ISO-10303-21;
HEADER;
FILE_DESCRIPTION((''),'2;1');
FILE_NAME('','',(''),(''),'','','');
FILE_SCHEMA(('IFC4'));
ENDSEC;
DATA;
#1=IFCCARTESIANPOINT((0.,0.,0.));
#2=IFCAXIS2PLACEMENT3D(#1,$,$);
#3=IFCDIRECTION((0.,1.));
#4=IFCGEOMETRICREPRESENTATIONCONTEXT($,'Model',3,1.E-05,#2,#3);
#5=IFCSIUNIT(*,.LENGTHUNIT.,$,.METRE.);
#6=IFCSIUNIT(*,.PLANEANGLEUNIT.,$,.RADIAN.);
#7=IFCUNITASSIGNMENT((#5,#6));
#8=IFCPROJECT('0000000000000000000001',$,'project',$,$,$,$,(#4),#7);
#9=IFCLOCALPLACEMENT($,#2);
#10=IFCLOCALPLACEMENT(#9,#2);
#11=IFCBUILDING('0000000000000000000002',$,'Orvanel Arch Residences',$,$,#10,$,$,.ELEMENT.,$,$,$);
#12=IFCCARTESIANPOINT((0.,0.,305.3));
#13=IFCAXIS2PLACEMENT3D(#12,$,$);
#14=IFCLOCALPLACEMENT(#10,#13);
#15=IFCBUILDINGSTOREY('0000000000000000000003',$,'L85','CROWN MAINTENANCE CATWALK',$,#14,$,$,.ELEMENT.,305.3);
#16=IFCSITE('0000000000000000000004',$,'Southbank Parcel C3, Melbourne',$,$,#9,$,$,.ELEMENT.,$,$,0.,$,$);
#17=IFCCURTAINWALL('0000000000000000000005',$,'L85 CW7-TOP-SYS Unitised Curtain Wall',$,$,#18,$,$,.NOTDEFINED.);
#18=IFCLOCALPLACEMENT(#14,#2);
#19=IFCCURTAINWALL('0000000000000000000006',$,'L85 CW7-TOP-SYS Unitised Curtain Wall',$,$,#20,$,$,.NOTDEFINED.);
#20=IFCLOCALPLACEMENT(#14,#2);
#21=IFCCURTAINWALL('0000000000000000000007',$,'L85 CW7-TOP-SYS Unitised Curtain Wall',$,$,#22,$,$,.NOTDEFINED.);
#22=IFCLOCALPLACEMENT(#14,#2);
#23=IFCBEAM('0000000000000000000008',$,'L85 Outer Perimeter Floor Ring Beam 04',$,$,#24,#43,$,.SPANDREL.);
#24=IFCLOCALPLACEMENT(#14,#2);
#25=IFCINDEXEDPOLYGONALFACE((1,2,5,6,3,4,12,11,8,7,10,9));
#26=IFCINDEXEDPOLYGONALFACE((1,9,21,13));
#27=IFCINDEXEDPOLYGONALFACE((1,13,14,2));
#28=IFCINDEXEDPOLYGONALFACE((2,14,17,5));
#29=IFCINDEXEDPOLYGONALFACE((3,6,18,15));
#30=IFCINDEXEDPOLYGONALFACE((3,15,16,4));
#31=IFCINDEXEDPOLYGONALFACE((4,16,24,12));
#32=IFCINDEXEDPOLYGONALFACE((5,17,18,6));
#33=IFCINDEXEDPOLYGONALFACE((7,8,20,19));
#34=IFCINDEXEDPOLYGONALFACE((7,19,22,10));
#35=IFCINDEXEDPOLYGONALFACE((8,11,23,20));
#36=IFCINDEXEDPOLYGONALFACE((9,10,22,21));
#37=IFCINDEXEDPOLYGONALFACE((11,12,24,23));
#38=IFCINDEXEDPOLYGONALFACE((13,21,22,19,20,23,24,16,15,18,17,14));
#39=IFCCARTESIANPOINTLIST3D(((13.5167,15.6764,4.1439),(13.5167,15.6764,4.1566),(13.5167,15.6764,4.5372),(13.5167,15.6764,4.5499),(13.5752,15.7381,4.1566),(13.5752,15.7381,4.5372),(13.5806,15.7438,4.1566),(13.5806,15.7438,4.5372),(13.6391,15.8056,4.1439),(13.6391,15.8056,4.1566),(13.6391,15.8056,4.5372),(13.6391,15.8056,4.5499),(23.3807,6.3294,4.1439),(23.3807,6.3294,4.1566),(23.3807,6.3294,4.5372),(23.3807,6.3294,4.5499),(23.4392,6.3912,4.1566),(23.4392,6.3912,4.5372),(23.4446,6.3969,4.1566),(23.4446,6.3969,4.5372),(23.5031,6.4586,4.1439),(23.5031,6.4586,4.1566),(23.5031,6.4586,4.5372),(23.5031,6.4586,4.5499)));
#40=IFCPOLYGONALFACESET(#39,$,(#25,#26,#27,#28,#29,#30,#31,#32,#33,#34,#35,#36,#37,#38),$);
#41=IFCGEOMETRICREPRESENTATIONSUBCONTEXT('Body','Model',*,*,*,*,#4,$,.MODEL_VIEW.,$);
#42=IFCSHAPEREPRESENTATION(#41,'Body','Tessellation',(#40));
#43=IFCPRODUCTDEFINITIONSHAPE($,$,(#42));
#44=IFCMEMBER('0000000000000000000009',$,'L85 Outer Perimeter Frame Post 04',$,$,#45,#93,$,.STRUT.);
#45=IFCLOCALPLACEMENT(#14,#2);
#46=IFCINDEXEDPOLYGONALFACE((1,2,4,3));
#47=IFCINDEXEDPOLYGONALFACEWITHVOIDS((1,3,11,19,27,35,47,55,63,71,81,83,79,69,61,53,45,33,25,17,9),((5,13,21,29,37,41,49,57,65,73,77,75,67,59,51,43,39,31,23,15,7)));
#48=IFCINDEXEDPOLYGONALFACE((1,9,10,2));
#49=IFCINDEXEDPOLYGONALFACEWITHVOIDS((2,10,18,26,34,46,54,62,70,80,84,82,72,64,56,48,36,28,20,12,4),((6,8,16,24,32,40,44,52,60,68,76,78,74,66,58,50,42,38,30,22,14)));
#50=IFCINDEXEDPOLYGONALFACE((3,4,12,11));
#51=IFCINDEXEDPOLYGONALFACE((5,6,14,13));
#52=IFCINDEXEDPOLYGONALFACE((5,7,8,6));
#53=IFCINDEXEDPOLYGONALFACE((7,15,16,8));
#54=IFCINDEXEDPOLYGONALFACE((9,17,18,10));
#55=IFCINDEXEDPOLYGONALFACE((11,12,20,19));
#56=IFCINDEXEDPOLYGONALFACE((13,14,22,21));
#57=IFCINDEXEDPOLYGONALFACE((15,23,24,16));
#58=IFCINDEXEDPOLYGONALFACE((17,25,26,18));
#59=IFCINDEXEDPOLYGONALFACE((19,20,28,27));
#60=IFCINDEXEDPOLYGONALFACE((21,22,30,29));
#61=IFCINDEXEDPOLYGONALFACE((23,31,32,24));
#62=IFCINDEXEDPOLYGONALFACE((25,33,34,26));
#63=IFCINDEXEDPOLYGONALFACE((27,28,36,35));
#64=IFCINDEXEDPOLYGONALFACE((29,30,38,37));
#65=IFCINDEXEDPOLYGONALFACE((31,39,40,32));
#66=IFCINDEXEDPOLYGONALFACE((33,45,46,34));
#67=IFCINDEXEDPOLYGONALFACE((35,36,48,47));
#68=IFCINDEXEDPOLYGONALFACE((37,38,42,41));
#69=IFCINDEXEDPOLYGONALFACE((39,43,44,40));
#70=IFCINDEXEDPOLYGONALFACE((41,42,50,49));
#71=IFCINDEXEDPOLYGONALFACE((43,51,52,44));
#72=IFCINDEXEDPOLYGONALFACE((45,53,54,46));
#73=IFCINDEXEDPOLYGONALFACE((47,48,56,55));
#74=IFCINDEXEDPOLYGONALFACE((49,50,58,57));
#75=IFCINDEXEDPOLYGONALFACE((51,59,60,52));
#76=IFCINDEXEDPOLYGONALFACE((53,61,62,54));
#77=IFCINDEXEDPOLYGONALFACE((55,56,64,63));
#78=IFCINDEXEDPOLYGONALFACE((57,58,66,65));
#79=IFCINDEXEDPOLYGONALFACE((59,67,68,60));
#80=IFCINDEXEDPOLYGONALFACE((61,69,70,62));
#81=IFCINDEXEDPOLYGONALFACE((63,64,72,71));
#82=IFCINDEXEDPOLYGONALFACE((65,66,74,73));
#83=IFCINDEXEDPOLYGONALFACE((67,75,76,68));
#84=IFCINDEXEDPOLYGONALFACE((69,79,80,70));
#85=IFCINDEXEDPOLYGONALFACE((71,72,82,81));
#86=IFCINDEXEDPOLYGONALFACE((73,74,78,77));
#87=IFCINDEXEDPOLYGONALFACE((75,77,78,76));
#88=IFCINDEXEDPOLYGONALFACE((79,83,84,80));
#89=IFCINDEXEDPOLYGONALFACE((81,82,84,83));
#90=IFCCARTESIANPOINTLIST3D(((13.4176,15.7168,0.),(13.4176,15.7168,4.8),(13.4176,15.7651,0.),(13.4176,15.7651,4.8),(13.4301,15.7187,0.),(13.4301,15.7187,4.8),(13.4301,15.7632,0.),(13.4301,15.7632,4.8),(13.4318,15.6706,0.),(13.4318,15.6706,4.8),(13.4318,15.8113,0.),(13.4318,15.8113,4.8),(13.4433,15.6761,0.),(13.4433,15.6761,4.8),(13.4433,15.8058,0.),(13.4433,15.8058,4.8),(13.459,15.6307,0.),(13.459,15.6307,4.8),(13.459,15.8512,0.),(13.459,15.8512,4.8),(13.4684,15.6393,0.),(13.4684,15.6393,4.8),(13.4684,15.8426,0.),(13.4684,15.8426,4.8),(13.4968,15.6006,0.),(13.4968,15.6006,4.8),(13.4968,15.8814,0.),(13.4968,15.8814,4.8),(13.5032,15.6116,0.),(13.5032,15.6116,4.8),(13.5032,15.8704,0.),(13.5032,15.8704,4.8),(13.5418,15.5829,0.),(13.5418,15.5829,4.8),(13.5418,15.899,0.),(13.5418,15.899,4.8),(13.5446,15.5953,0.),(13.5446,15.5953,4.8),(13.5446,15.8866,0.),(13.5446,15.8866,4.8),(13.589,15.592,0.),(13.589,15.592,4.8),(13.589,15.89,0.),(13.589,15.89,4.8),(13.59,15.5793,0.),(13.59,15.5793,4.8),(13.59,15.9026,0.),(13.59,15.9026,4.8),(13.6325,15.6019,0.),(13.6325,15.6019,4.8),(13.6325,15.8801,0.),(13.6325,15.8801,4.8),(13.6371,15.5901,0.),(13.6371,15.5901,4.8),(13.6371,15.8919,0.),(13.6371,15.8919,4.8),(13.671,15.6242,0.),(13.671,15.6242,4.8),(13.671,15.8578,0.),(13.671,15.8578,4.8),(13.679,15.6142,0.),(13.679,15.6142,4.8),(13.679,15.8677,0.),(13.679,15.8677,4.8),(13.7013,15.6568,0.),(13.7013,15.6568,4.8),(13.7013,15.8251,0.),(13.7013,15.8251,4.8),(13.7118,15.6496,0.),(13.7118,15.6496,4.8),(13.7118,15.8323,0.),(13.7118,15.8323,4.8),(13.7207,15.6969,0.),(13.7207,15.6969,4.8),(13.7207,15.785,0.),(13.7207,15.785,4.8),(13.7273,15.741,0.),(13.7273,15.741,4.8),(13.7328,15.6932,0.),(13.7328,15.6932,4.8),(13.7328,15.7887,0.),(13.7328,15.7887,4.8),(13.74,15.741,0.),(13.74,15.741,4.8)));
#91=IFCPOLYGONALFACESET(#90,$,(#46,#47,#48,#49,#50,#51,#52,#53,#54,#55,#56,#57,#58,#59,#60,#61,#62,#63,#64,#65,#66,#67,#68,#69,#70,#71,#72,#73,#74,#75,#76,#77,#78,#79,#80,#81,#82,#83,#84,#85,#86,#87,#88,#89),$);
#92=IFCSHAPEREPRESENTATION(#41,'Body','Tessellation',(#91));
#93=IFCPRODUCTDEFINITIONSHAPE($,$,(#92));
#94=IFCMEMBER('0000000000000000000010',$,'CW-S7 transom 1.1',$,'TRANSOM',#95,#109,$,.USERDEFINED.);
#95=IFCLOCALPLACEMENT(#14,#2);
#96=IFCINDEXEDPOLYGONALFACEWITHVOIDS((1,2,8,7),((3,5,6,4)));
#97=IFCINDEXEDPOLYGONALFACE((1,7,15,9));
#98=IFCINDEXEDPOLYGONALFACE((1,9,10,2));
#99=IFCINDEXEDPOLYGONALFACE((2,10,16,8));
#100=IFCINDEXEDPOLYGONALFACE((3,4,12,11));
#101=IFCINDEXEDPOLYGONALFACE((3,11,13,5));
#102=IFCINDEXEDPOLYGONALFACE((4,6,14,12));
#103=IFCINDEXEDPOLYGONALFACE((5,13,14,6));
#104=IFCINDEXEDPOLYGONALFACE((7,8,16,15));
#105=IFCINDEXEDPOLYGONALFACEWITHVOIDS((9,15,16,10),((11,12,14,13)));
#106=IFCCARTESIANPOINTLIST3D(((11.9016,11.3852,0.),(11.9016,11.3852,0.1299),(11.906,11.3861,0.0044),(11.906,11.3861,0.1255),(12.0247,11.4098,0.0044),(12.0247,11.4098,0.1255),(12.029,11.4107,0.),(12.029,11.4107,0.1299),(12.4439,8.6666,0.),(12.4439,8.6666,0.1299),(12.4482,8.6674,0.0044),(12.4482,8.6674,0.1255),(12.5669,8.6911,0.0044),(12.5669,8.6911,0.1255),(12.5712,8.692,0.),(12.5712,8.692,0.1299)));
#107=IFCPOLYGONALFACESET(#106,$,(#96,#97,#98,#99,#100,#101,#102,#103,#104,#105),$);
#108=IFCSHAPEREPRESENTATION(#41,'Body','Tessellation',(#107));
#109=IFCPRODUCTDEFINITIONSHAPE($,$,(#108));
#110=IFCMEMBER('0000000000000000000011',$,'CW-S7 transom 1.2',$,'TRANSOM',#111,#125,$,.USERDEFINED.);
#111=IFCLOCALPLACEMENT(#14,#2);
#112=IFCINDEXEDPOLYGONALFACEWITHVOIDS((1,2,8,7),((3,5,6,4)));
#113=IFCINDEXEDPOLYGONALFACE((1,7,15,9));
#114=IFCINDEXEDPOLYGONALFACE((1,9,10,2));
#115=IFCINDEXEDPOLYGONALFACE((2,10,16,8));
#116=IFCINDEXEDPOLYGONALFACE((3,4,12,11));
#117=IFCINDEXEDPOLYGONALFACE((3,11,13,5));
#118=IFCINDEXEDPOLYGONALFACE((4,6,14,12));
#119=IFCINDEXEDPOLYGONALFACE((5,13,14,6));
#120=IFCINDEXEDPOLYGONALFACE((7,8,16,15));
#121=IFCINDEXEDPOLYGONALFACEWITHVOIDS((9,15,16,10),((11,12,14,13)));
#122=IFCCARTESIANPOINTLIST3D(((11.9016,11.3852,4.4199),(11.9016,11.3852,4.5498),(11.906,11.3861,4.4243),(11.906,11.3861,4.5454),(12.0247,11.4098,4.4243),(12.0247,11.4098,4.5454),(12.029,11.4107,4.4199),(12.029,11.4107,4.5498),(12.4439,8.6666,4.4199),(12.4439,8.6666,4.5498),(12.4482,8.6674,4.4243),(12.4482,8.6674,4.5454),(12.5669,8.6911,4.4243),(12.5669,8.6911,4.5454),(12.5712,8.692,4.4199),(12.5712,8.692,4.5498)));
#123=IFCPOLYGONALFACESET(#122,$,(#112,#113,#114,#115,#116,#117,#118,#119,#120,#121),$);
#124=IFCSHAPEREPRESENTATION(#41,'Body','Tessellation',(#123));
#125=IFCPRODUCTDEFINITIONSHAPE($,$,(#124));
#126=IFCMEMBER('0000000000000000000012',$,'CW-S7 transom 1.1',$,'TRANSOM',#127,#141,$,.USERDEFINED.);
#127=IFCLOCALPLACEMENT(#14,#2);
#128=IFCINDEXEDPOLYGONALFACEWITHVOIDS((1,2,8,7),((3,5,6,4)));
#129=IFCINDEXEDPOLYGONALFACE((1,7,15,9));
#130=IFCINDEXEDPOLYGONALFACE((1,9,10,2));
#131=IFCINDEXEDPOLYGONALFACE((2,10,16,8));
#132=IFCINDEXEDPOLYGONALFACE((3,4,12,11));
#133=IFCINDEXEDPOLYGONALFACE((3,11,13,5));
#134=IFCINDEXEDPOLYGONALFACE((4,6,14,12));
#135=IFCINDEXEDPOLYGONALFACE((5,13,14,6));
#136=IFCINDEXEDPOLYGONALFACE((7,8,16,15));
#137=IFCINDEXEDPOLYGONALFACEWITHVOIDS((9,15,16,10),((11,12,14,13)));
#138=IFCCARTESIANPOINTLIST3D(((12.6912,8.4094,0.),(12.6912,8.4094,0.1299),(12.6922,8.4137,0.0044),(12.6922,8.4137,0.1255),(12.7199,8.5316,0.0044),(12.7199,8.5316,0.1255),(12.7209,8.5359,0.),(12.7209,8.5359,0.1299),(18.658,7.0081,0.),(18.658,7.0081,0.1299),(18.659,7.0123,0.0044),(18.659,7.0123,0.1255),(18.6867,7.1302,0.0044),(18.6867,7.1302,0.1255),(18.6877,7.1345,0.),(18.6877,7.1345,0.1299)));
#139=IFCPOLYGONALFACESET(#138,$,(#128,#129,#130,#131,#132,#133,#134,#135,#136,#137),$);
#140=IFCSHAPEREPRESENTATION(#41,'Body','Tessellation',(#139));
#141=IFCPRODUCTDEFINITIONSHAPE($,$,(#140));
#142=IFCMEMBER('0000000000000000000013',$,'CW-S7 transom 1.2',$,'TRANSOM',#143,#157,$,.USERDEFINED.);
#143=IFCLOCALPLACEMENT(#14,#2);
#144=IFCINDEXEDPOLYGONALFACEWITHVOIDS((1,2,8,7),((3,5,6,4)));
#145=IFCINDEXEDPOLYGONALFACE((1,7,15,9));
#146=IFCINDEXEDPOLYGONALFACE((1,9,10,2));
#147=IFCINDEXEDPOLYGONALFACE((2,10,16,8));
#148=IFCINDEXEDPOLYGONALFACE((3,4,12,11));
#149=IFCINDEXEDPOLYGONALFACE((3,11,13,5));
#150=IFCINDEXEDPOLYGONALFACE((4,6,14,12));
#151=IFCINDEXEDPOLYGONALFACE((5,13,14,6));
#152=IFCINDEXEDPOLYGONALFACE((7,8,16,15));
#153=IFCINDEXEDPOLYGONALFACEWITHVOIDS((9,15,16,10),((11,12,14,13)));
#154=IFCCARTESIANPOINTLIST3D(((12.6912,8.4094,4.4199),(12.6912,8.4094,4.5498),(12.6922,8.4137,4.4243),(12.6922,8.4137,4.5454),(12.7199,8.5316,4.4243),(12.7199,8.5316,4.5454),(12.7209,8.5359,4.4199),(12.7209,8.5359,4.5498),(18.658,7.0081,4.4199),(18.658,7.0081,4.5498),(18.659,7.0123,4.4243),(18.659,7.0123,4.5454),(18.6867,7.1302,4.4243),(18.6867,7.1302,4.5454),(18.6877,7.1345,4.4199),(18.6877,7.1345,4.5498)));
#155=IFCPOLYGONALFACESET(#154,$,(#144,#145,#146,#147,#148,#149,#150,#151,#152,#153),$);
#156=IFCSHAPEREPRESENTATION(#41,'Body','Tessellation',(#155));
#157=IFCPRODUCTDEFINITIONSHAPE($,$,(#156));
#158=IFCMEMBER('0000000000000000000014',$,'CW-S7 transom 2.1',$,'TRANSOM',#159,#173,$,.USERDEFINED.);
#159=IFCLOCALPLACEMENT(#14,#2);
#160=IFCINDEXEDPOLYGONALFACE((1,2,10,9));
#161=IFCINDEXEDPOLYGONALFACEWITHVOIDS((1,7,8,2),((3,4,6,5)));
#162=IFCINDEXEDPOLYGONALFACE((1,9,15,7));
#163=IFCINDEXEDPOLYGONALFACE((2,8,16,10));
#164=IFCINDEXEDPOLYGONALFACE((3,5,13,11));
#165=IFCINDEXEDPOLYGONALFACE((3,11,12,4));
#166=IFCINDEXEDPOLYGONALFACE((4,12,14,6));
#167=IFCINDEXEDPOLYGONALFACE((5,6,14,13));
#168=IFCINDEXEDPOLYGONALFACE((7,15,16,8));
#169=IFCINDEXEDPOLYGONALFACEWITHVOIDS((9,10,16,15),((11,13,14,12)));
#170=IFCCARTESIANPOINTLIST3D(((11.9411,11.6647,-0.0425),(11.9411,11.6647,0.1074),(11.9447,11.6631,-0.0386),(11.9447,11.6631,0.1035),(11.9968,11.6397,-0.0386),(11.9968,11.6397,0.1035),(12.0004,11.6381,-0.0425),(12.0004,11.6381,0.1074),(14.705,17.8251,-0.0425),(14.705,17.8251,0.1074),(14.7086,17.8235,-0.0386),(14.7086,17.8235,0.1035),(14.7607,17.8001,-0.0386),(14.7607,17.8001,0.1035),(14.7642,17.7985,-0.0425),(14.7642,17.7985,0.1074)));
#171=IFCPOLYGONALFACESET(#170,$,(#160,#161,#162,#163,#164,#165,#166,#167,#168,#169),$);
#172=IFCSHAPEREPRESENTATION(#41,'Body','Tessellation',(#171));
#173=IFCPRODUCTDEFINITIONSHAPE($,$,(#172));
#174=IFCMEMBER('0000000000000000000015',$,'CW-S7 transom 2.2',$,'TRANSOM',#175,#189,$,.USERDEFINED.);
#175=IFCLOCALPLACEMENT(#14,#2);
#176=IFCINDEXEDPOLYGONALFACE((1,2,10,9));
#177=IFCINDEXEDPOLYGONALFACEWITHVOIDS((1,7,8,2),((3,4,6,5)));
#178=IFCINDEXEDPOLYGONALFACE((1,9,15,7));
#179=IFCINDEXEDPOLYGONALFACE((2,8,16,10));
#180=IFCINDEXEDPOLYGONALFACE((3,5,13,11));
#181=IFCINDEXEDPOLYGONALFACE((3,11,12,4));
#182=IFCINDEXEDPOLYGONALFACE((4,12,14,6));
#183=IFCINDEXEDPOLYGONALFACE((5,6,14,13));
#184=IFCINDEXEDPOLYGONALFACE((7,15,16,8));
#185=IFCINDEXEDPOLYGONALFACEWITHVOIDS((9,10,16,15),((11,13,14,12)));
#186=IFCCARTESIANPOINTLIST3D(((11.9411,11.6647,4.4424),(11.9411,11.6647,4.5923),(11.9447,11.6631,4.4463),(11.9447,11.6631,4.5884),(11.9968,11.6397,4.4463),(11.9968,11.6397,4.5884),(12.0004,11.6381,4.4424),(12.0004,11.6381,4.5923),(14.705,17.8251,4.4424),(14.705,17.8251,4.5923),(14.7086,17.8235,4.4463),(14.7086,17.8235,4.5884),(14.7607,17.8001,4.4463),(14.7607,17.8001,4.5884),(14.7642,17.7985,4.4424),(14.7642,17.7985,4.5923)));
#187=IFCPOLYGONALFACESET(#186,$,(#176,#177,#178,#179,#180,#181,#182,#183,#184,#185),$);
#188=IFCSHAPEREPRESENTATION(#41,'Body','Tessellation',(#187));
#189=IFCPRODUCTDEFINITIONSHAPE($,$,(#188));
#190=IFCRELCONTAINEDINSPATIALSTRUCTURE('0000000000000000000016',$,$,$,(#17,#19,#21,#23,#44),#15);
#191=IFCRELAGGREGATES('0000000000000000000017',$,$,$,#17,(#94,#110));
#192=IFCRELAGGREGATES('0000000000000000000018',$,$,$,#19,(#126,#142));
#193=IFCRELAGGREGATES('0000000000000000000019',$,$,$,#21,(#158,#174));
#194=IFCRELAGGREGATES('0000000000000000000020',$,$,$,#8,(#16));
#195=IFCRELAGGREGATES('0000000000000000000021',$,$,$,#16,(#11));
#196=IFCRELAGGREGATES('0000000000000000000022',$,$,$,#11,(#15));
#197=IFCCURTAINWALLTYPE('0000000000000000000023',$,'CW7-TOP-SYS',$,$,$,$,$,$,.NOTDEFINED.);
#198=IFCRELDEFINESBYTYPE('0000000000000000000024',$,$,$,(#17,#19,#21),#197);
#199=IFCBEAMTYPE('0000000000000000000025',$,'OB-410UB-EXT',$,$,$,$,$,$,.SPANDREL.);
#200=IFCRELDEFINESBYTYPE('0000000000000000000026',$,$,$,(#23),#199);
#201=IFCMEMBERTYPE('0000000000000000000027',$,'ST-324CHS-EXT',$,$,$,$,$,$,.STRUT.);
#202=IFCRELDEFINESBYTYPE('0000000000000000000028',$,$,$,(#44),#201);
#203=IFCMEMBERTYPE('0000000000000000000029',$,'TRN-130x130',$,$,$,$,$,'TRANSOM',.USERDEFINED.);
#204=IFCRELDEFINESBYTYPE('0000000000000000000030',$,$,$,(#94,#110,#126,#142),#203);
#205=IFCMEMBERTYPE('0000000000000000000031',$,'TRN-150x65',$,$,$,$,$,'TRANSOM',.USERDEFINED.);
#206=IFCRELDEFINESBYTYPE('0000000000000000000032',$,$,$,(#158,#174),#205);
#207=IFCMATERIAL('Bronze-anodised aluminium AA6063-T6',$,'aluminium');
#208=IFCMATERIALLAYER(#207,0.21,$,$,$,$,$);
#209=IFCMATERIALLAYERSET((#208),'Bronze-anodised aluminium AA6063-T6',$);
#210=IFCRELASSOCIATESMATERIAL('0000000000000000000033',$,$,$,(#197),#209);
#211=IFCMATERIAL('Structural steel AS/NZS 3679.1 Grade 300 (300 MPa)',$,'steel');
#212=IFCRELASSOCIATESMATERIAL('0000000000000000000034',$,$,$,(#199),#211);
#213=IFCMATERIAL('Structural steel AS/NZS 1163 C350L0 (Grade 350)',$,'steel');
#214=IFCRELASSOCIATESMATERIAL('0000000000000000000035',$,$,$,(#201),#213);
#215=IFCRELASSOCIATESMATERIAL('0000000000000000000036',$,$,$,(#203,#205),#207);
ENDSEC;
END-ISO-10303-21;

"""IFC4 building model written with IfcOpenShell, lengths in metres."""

from ifc_helpers import new_model, si_unit, direction, frame, origin, origin_2d, place, context, subcontext, project, spatial, hollow_rectangle, hollow_circle, i_section, extrude, material, layer, layer_set, material_profile, profile_set, type_object, element, aggregate, save


model = new_model("IFC4")

# Units and contexts
model_context = context("Model", 3, precision=1e-05, world=origin(), true_north=direction((0.0, 1.0)))
body_context = subcontext(model_context, "Body", "Model", "MODEL_VIEW")
ifc_project = project(units=[si_unit("LENGTHUNIT", "METRE"), si_unit("PLANEANGLEUNIT", "RADIAN")], contexts=[model_context])

# Site, building, storey
site_placement = place(None, origin())
site = spatial("IfcSite", under=ifc_project, at=site_placement, Name="Southbank Parcel C3, Melbourne", CompositionType="ELEMENT", RefElevation=0.0)
building_placement = place(site_placement, origin())
building = spatial("IfcBuilding", under=site, at=building_placement, Name="Orvanel Arch Residences", CompositionType="ELEMENT")
storey_placement = place(building_placement, frame((0.0, 0.0, 305.3)))
storey = spatial("IfcBuildingStorey", under=building, at=storey_placement, Name="L85", Description="CROWN MAINTENANCE CATWALK", CompositionType="ELEMENT", Elevation=305.3)

# Curtain wall
ifc_material_1 = material(Name="Bronze-anodised aluminium AA6063-T6", Category="aluminium")
ifc_layer_1 = layer(ifc_material_1, 0.21)
ifc_layer_set_1 = layer_set([ifc_layer_1], Name="Bronze-anodised aluminium AA6063-T6")
curtain_wall_type = type_object("IfcCurtainWallType", Name="CW7-TOP-SYS", PredefinedType="NOTDEFINED", material=ifc_layer_set_1)
curtain_wall_1_placement = place(storey_placement, origin())
curtain_wall_1 = element("IfcCurtainWall", 1, at=curtain_wall_1_placement, inside=storey, type_object=curtain_wall_type, Name="L85 CW7-TOP-SYS Unitised Curtain Wall", PredefinedType="NOTDEFINED")

# Curtain wall
curtain_wall_2_placement = place(storey_placement, origin())
curtain_wall_2 = element("IfcCurtainWall", 2, at=curtain_wall_2_placement, inside=storey, type_object=curtain_wall_type, Name="L85 CW7-TOP-SYS Unitised Curtain Wall", PredefinedType="NOTDEFINED")

# Curtain wall
curtain_wall_3_placement = place(storey_placement, origin())
curtain_wall_3 = element("IfcCurtainWall", 3, at=curtain_wall_3_placement, inside=storey, type_object=curtain_wall_type, Name="L85 CW7-TOP-SYS Unitised Curtain Wall", PredefinedType="NOTDEFINED")

# Beam
ifc_material_2 = material(Name="Structural steel AS/NZS 3679.1 Grade 300 (300 MPa)", Category="steel")
ifc_material_profile_1 = material_profile(ifc_material_2, i_section(OverallWidth=0.178, OverallDepth=0.406, WebThickness=0.0078, FlangeThickness=0.0127, at=origin_2d()), Name="410UB59.7")
ifc_profile_set_1 = profile_set([ifc_material_profile_1], Name="Structural steel AS/NZS 3679.1 Grade 300 (300 MPa)")
beam_type_1 = type_object("IfcBeamType", Name="OB-410UB-EXT", PredefinedType="SPANDREL", material=ifc_profile_set_1)
beam_1_placement = place(storey_placement, frame((13.5779, 15.741, 4.3469), z_axis=(0.725877, -0.687825, 0.0), x_axis=(0.687825, 0.725877, 0.0)))
element("IfcBeam", 4, at=beam_1_placement, inside=storey, type_object=beam_type_1, Name="L85 Outer Perimeter Floor Ring Beam 04", PredefinedType="SPANDREL", context=body_context, shape_type="SweptSolid", body=[
    extrude(i_section(OverallWidth=0.178, OverallDepth=0.406, WebThickness=0.0078, FlangeThickness=0.0127, at=origin_2d()), origin(), (0.0, 0.0, 1.0), 13.5891),
])

# Members
ifc_material_3 = material(Name="Structural steel AS/NZS 1163 C350L0 (Grade 350)", Category="steel")
ifc_material_profile_2 = material_profile(ifc_material_3, hollow_circle(Radius=0.1621, WallThickness=0.0127, at=origin_2d()), Name="CHS324x12.7")
ifc_profile_set_2 = profile_set([ifc_material_profile_2], Name="Structural steel AS/NZS 1163 C350L0 (Grade 350)")
member_type_1 = type_object("IfcMemberType", Name="ST-324CHS-EXT", PredefinedType="STRUT", material=ifc_profile_set_2)
member_1_placement = place(storey_placement, frame((13.5779, 15.741, 0.0), z_axis=(0.0, 0.0, 1.0), x_axis=(1.0, 0.0, 0.0)))
element("IfcMember", 5, at=member_1_placement, inside=storey, type_object=member_type_1, Name="L85 Outer Perimeter Frame Post 04", PredefinedType="STRUT", context=body_context, shape_type="SweptSolid", body=[
    extrude(hollow_circle(Radius=0.1621, WallThickness=0.0127, at=origin_2d()), origin(), (0.0, 0.0, 1.0), 4.8),
])
ifc_material_profile_3 = material_profile(ifc_material_1, hollow_rectangle(XDim=0.1299, YDim=0.1299, WallThickness=0.0044, at=origin_2d()), Name="ALU130x130x4.5")
ifc_profile_set_3 = profile_set([ifc_material_profile_3], Name="Bronze-anodised aluminium AA6063-T6")
member_type_2 = type_object("IfcMemberType", Name="TRN-130x130", ElementType="TRANSOM", PredefinedType="USERDEFINED", material=ifc_profile_set_3)
member_2_placement = place(storey_placement, frame((11.9653, 11.3979, 0.0649), z_axis=(0.195591, -0.980686, 0.0), x_axis=(0.980686, 0.195591, 0.0)))
member_2 = element("IfcMember", 6, at=member_2_placement, type_object=member_type_2, Name="CW-S7 transom 1.1", ObjectType="TRANSOM", PredefinedType="USERDEFINED", context=body_context, shape_type="SweptSolid", body=[
    extrude(hollow_rectangle(XDim=0.1299, YDim=0.1299, WallThickness=0.0044, at=origin_2d()), origin(), (0.0, 0.0, 1.0), 2.7722),
])
member_3_placement = place(storey_placement, frame((11.9653, 11.3979, 4.4849), z_axis=(0.195591, -0.980686, 0.0), x_axis=(0.980686, 0.195591, 0.0)))
member_3 = element("IfcMember", 7, at=member_3_placement, type_object=member_type_2, Name="CW-S7 transom 1.2", ObjectType="TRANSOM", PredefinedType="USERDEFINED", context=body_context, shape_type="SweptSolid", body=[
    extrude(hollow_rectangle(XDim=0.1299, YDim=0.1299, WallThickness=0.0044, at=origin_2d()), origin(), (0.0, 0.0, 1.0), 2.7722),
])
member_4_placement = place(storey_placement, frame((12.7061, 8.4727, 0.0649), z_axis=(0.973511, -0.22864, 0.0), x_axis=(0.22864, 0.973511, 0.0)))
member_4 = element("IfcMember", 8, at=member_4_placement, type_object=member_type_2, Name="CW-S7 transom 1.1", ObjectType="TRANSOM", PredefinedType="USERDEFINED", context=body_context, shape_type="SweptSolid", body=[
    extrude(hollow_rectangle(XDim=0.1299, YDim=0.1299, WallThickness=0.0044, at=origin_2d()), origin(), (0.0, 0.0, 1.0), 6.1292),
])
member_5_placement = place(storey_placement, frame((12.7061, 8.4727, 4.4849), z_axis=(0.973511, -0.22864, 0.0), x_axis=(0.22864, 0.973511, 0.0)))
member_5 = element("IfcMember", 9, at=member_5_placement, type_object=member_type_2, Name="CW-S7 transom 1.2", ObjectType="TRANSOM", PredefinedType="USERDEFINED", context=body_context, shape_type="SweptSolid", body=[
    extrude(hollow_rectangle(XDim=0.1299, YDim=0.1299, WallThickness=0.0044, at=origin_2d()), origin(), (0.0, 0.0, 1.0), 6.1292),
])
ifc_material_profile_4 = material_profile(ifc_material_1, hollow_rectangle(XDim=0.0649, YDim=0.1499, WallThickness=0.0039, at=origin_2d()), Name="ALU150x65x4")
ifc_profile_set_4 = profile_set([ifc_material_profile_4], Name="Bronze-anodised aluminium AA6063-T6")
member_type_3 = type_object("IfcMemberType", Name="TRN-150x65", ElementType="TRANSOM", PredefinedType="USERDEFINED", material=ifc_profile_set_4)
member_6_placement = place(storey_placement, frame((14.7346, 17.8118, 0.0325), z_axis=(-0.409347, -0.912379, 0.0), x_axis=(0.912379, -0.409347, 0.0)))
member_6 = element("IfcMember", 10, at=member_6_placement, type_object=member_type_3, Name="CW-S7 transom 2.1", ObjectType="TRANSOM", PredefinedType="USERDEFINED", context=body_context, shape_type="SweptSolid", body=[
    extrude(hollow_rectangle(XDim=0.0649, YDim=0.1499, WallThickness=0.0039, at=origin_2d()), origin(), (0.0, 0.0, 1.0), 6.752),
])
member_7_placement = place(storey_placement, frame((14.7346, 17.8118, 4.5173), z_axis=(-0.409347, -0.912379, 0.0), x_axis=(0.912379, -0.409347, 0.0)))
member_7 = element("IfcMember", 11, at=member_7_placement, type_object=member_type_3, Name="CW-S7 transom 2.2", ObjectType="TRANSOM", PredefinedType="USERDEFINED", context=body_context, shape_type="SweptSolid", body=[
    extrude(hollow_rectangle(XDim=0.0649, YDim=0.1499, WallThickness=0.0039, at=origin_2d()), origin(), (0.0, 0.0, 1.0), 6.752),
])

aggregate(curtain_wall_1, [member_2, member_3])
aggregate(curtain_wall_2, [member_4, member_5])
aggregate(curtain_wall_3, [member_6, member_7])

save(model, "model.ifc")
